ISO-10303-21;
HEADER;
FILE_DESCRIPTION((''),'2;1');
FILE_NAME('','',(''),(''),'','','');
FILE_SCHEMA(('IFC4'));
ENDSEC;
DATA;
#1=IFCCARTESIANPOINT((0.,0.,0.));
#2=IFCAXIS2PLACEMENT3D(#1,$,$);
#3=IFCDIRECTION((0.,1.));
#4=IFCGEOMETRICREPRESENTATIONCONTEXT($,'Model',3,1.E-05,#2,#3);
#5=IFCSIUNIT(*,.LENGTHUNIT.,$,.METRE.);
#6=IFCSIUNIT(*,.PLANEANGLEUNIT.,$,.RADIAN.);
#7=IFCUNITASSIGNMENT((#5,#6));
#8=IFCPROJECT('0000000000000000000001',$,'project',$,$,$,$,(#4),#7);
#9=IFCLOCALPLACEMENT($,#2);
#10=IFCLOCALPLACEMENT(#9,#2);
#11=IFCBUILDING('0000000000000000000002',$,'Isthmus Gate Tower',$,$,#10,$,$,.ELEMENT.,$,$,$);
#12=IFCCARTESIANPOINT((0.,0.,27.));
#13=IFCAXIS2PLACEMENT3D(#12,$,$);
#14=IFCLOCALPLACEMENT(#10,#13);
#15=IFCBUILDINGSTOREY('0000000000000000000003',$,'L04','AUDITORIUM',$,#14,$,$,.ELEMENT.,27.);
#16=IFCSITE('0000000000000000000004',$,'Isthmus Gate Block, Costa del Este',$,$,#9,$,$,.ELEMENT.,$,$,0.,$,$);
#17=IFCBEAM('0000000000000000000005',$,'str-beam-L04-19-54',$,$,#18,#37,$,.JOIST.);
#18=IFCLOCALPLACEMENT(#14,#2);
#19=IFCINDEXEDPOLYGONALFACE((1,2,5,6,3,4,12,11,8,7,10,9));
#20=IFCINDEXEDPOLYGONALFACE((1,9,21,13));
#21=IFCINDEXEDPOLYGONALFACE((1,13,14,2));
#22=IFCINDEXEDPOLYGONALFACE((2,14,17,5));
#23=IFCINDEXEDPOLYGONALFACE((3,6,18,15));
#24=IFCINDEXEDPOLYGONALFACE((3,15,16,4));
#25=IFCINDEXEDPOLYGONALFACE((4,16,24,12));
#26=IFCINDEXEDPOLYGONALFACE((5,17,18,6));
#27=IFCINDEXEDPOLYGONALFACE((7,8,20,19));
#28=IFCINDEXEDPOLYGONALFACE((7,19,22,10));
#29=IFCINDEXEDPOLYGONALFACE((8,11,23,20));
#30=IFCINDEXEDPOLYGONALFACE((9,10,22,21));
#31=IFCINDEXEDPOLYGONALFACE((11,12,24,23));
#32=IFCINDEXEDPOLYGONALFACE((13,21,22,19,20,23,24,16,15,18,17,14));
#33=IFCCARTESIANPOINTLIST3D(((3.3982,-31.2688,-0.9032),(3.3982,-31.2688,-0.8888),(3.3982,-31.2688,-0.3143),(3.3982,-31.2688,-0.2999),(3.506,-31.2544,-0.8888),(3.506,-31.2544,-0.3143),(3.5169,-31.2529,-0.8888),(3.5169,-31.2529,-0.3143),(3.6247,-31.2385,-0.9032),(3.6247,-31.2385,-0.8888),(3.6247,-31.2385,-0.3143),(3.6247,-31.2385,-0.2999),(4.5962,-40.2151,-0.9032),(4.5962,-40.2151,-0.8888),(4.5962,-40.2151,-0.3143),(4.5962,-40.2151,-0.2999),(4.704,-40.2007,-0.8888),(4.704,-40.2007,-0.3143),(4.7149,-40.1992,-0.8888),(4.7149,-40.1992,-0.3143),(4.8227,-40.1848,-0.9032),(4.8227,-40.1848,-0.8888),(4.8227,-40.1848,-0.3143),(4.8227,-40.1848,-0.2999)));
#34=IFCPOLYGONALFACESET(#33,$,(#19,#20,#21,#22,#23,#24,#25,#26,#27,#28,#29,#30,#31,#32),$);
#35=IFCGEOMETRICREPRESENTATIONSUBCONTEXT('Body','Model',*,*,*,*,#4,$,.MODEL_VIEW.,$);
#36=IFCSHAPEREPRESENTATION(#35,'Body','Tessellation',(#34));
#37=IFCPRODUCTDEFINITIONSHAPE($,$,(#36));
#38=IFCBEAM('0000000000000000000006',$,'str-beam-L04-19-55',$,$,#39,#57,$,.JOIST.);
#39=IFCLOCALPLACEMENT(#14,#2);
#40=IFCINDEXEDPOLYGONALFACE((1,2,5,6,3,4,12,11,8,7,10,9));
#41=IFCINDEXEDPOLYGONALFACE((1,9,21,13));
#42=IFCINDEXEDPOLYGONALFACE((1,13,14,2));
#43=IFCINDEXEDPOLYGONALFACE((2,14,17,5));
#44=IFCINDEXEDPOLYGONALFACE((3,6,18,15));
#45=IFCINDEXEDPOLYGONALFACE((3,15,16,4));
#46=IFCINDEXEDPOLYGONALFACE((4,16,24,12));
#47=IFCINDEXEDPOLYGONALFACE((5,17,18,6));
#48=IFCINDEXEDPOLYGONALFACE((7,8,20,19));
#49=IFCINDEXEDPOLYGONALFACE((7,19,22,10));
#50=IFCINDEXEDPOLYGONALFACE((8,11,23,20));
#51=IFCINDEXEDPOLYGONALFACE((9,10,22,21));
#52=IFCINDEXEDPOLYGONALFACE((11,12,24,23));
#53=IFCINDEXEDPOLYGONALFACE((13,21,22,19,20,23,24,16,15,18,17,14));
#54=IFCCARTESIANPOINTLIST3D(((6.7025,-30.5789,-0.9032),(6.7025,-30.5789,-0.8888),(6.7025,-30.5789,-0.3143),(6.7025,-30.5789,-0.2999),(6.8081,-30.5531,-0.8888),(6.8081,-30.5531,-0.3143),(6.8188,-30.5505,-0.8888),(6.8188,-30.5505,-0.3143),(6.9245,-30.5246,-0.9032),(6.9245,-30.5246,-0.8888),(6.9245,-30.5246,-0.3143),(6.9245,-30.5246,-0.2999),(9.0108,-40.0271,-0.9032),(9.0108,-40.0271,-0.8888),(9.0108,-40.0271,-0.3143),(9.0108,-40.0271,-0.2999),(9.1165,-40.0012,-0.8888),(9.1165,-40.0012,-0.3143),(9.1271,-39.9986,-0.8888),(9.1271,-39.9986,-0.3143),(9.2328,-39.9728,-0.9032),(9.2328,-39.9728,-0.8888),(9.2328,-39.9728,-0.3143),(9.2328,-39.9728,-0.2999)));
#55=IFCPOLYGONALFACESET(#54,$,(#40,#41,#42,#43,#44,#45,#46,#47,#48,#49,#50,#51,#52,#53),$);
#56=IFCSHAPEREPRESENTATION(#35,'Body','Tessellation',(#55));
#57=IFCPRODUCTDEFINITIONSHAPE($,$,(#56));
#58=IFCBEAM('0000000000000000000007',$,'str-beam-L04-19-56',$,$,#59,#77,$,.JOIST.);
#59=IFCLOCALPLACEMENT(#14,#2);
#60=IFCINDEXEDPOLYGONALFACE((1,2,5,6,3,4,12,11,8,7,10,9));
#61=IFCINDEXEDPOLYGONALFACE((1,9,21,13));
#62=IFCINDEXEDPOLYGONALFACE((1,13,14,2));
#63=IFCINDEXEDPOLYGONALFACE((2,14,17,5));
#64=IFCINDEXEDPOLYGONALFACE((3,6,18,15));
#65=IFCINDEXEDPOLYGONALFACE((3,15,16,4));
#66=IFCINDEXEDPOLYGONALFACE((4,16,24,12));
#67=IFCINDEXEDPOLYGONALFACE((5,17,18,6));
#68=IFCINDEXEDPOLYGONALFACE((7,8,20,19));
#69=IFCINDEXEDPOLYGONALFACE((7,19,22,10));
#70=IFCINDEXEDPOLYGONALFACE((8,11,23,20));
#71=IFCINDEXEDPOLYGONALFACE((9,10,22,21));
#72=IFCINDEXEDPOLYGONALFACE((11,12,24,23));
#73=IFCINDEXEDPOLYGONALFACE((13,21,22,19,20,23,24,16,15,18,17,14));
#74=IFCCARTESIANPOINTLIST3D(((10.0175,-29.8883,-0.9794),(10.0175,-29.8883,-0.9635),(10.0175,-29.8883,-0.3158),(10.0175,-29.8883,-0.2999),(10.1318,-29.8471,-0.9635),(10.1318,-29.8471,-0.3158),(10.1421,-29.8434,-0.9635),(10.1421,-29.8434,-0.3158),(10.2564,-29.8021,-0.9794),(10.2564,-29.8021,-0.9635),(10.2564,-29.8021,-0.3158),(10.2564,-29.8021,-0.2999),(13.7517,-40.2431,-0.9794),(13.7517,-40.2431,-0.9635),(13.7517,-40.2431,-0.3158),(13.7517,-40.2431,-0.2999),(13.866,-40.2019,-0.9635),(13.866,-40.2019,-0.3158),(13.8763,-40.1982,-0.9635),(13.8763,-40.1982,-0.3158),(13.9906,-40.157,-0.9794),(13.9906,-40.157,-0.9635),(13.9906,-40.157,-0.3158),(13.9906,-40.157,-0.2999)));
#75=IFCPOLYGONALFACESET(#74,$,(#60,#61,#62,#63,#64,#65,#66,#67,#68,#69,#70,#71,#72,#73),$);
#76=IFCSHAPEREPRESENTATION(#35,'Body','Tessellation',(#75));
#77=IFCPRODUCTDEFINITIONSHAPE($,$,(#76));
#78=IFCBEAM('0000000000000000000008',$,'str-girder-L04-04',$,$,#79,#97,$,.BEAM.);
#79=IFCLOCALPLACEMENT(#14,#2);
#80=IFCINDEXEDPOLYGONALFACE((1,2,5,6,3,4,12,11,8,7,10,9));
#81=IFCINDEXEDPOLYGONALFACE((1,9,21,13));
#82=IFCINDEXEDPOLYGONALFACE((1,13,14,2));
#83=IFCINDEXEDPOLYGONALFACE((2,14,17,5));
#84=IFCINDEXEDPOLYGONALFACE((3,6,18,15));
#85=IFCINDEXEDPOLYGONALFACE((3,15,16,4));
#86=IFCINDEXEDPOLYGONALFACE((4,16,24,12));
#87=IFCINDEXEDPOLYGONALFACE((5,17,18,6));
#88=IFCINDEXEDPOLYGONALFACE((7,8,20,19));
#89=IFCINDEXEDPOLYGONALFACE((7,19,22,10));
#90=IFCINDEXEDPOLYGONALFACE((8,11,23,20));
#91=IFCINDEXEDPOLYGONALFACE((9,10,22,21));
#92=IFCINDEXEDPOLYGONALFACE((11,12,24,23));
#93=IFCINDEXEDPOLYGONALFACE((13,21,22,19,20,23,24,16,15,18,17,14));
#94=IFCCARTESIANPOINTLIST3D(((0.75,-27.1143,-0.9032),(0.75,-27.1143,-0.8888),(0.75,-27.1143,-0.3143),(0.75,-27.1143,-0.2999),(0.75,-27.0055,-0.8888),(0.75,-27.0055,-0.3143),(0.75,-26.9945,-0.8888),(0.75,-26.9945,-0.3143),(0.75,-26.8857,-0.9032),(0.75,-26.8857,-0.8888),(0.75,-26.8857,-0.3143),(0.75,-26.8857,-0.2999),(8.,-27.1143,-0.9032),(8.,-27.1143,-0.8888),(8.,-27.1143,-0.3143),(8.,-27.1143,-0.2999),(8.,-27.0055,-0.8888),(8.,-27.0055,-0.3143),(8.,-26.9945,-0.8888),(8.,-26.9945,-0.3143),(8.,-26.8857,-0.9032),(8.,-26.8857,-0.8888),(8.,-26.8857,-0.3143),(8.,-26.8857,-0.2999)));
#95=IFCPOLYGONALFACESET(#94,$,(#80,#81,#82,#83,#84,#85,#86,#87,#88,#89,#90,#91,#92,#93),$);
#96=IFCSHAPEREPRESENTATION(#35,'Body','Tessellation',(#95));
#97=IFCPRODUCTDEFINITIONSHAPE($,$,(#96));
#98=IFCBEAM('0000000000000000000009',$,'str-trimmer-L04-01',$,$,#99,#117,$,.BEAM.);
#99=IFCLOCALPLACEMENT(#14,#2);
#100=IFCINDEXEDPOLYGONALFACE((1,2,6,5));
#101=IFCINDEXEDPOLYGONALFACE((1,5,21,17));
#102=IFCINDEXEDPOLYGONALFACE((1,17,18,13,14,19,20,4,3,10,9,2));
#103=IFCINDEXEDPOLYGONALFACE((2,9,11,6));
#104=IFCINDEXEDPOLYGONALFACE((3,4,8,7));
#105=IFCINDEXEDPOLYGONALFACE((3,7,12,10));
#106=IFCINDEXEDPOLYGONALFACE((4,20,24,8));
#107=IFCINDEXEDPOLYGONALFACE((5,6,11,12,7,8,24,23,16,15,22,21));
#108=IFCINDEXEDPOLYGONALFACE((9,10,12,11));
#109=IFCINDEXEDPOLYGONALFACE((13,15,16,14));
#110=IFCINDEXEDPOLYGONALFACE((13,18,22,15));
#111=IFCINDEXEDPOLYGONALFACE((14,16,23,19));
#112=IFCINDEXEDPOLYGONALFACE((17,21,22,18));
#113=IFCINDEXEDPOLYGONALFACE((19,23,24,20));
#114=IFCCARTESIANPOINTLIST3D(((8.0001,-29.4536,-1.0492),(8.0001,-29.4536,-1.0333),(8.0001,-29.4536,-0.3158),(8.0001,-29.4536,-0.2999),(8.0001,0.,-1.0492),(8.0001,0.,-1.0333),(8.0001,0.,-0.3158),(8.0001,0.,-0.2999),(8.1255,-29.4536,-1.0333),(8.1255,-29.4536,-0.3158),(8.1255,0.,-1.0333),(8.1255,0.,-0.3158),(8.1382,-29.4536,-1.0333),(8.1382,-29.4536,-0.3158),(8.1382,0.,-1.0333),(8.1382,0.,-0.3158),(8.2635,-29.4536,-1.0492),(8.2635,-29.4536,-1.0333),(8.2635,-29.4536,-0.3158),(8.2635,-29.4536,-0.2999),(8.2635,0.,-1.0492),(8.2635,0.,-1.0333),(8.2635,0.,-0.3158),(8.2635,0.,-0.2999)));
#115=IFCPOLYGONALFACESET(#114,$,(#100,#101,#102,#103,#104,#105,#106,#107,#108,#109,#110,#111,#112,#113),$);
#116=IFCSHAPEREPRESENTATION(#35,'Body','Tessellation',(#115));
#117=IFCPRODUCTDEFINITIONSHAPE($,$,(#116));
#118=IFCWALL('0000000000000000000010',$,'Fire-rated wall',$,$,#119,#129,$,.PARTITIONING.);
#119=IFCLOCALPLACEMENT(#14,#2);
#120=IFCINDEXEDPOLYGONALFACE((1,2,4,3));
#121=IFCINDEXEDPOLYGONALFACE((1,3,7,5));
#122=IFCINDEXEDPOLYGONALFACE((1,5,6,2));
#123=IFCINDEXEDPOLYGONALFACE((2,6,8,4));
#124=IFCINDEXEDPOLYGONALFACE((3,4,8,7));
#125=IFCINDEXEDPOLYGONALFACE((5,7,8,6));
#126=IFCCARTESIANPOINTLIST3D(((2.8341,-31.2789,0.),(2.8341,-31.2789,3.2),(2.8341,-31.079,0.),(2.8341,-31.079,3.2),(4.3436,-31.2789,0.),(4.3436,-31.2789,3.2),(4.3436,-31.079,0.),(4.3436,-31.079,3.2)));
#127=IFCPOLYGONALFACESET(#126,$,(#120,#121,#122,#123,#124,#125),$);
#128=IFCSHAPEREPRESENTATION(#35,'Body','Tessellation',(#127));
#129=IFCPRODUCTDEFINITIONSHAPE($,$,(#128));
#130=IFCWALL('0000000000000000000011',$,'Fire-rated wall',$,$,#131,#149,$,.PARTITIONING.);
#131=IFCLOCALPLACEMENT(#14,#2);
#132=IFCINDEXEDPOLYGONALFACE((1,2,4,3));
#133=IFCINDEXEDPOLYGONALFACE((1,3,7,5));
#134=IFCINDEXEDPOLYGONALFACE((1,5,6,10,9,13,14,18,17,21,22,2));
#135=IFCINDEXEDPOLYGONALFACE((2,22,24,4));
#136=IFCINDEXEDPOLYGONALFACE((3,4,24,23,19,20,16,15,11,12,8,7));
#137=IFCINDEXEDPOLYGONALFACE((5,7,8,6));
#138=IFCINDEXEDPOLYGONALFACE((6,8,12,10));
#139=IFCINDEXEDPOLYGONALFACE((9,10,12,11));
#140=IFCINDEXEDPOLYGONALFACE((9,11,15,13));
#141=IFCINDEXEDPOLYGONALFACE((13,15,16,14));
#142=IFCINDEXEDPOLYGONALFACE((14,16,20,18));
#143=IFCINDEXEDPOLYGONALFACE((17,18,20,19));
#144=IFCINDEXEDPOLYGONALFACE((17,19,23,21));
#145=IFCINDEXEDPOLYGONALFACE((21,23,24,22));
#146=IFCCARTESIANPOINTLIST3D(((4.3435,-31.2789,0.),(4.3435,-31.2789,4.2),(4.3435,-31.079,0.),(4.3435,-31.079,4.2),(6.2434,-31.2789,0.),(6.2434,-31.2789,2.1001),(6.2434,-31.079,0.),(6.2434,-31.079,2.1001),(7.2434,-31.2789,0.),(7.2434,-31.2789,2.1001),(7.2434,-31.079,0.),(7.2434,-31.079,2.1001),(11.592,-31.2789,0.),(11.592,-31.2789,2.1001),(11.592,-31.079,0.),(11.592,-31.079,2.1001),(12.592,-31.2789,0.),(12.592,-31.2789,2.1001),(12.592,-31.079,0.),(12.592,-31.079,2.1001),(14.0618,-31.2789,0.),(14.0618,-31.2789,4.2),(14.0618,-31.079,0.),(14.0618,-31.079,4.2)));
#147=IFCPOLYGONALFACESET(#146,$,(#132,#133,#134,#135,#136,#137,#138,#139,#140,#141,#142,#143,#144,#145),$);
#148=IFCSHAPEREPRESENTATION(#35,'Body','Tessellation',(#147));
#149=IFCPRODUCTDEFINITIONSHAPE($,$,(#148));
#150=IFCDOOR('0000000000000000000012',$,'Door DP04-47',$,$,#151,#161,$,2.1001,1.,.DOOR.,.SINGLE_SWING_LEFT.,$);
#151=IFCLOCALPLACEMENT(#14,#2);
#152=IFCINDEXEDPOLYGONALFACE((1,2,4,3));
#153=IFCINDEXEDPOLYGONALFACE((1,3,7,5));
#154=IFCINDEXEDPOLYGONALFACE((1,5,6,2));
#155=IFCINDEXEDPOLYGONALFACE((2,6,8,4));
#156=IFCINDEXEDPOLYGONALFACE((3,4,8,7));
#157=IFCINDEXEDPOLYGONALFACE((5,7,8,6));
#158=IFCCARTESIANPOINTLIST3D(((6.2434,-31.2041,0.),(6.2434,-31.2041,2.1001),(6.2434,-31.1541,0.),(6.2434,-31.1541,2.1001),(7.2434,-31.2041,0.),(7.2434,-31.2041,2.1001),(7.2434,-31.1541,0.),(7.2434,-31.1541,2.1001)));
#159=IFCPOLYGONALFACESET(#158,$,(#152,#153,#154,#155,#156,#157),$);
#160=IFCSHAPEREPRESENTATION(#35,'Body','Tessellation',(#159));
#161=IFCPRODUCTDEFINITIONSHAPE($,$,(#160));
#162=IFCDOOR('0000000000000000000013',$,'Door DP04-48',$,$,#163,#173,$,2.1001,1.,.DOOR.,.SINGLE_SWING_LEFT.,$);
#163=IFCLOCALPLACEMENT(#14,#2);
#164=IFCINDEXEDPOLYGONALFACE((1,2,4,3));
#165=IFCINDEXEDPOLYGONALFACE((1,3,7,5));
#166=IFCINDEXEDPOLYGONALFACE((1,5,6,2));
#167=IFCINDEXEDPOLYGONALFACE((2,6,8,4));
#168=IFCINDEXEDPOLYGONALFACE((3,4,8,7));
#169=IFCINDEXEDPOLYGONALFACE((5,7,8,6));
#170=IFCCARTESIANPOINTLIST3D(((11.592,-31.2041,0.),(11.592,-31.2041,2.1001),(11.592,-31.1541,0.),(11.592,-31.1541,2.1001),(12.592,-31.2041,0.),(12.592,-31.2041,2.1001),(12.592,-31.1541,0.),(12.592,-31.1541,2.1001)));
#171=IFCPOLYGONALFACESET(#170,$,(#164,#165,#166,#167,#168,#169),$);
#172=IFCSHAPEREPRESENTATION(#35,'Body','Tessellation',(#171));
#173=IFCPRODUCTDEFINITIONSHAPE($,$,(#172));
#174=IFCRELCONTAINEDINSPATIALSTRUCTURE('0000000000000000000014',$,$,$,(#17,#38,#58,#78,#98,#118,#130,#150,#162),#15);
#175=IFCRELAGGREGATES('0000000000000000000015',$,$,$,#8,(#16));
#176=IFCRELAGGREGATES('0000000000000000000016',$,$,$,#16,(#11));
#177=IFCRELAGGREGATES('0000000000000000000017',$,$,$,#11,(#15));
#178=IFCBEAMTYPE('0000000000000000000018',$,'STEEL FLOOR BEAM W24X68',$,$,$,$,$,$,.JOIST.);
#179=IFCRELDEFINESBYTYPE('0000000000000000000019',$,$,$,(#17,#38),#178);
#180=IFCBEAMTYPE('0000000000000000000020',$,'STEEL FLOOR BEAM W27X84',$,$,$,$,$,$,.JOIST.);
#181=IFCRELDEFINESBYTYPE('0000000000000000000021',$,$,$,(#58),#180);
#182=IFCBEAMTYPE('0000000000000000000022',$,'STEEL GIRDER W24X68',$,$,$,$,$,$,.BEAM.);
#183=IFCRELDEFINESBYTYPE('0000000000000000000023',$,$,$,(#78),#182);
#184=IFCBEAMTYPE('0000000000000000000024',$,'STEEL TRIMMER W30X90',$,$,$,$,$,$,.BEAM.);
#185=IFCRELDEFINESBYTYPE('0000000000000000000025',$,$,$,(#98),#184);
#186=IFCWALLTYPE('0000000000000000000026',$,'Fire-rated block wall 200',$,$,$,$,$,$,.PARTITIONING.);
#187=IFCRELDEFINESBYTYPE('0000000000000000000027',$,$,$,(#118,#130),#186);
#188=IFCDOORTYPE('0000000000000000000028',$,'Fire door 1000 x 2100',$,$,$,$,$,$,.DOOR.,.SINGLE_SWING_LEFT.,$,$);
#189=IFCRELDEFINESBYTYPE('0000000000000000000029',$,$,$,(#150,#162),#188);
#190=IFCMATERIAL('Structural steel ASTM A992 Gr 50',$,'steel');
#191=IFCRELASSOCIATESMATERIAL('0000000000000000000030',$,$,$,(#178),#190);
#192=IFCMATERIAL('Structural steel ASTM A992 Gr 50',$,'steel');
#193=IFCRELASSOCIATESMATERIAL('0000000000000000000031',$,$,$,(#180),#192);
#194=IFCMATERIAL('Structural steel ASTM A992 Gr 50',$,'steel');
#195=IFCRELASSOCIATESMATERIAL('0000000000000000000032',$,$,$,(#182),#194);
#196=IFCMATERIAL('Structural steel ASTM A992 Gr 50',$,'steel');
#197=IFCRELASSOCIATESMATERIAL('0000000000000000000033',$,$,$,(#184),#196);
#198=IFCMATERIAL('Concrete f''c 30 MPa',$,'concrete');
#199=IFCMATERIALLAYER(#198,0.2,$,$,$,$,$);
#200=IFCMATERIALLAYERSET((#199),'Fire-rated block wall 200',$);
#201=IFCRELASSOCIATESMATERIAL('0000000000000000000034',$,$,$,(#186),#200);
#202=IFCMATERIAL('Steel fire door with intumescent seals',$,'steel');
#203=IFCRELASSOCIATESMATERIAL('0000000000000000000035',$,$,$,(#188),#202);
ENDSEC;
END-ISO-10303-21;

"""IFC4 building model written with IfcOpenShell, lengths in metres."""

from ifc_helpers import new_model, si_unit, direction, frame, frame_2d, origin, origin_2d, place, context, subcontext, project, spatial, rectangle, i_section, extrude, material, layer, layer_set, material_profile, profile_set, type_object, element, fill, save


model = new_model("IFC4")

# Units and contexts
model_context = context("Model", 3, precision=1e-05, world=origin(), true_north=direction((0.0, 1.0)))
body_context = subcontext(model_context, "Body", "Model", "MODEL_VIEW")
ifc_project = project(units=[si_unit("LENGTHUNIT", "METRE"), si_unit("PLANEANGLEUNIT", "RADIAN")], contexts=[model_context])

# Site, building, storey
site_placement = place(None, origin())
site = spatial("IfcSite", under=ifc_project, at=site_placement, Name="Isthmus Gate Block, Costa del Este", CompositionType="ELEMENT", RefElevation=0.0)
building_placement = place(site_placement, origin())
building = spatial("IfcBuilding", under=site, at=building_placement, Name="Isthmus Gate Tower", CompositionType="ELEMENT")
storey_placement = place(building_placement, frame((0.0, 0.0, 27.0)))
storey = spatial("IfcBuildingStorey", under=building, at=storey_placement, Name="L04", Description="AUDITORIUM", CompositionType="ELEMENT", Elevation=27.0)

# Beams
ifc_material_1 = material(Name="Structural steel ASTM A992 Gr 50", Category="steel")
ifc_material_profile_1 = material_profile(ifc_material_1, i_section(OverallWidth=0.2285, OverallDepth=0.6033, WebThickness=0.011, FlangeThickness=0.0144, at=origin_2d()), Name="W24X68")
ifc_profile_set_1 = profile_set([ifc_material_profile_1], Name="Structural steel ASTM A992 Gr 50")
beam_type_1 = type_object("IfcBeamType", Name="STEEL FLOOR BEAM W24X68", PredefinedType="JOIST", material=ifc_profile_set_1)
beam_1_placement = place(storey_placement, frame((3.5115, -31.2537, -0.6016), z_axis=(0.132725, -0.991153, 0.0), x_axis=(0.991153, 0.132725, 0.0)))
element("IfcBeam", 1, at=beam_1_placement, inside=storey, type_object=beam_type_1, Name="str-beam-L04-19-54", PredefinedType="JOIST", context=body_context, shape_type="SweptSolid", body=[
    extrude(i_section(OverallWidth=0.2285, OverallDepth=0.6033, WebThickness=0.011, FlangeThickness=0.0144, at=origin_2d()), origin(), (0.0, 0.0, 1.0), 9.0261),
])
beam_2_placement = place(storey_placement, frame((6.8135, -30.5518, -0.6016), z_axis=(0.237335, -0.971428, 0.0), x_axis=(0.971428, 0.237335, 0.0)))
element("IfcBeam", 2, at=beam_2_placement, inside=storey, type_object=beam_type_1, Name="str-beam-L04-19-55", PredefinedType="JOIST", context=body_context, shape_type="SweptSolid", body=[
    extrude(i_section(OverallWidth=0.2285, OverallDepth=0.6033, WebThickness=0.011, FlangeThickness=0.0144, at=origin_2d()), origin(), (0.0, 0.0, 1.0), 9.7261),
])
ifc_material_2 = material(Name="Structural steel ASTM A992 Gr 50", Category="steel")
ifc_material_profile_2 = material_profile(ifc_material_2, i_section(OverallWidth=0.2539, OverallDepth=0.6794, WebThickness=0.011, FlangeThickness=0.0159, at=origin_2d()), Name="W27X84")
ifc_profile_set_2 = profile_set([ifc_material_profile_2], Name="Structural steel ASTM A992 Gr 50")
beam_type_2 = type_object("IfcBeamType", Name="STEEL FLOOR BEAM W27X84", PredefinedType="JOIST", material=ifc_profile_set_2)
beam_3_placement = place(storey_placement, frame((10.137, -29.8452, -0.6396), z_axis=(0.339236, -0.940701, 0.0), x_axis=(0.940701, 0.339236, 0.0)))
element("IfcBeam", 3, at=beam_3_placement, inside=storey, type_object=beam_type_2, Name="str-beam-L04-19-56", PredefinedType="JOIST", context=body_context, shape_type="SweptSolid", body=[
    extrude(i_section(OverallWidth=0.2539, OverallDepth=0.6794, WebThickness=0.011, FlangeThickness=0.0159, at=origin_2d()), origin(), (0.0, 0.0, 1.0), 11.0076),
])
ifc_material_3 = material(Name="Structural steel ASTM A992 Gr 50", Category="steel")
ifc_material_profile_3 = material_profile(ifc_material_3, i_section(OverallWidth=0.2285, OverallDepth=0.6033, WebThickness=0.011, FlangeThickness=0.0144, at=origin_2d()), Name="W24X68")
ifc_profile_set_3 = profile_set([ifc_material_profile_3], Name="Structural steel ASTM A992 Gr 50")
beam_type_3 = type_object("IfcBeamType", Name="STEEL GIRDER W24X68", PredefinedType="BEAM", material=ifc_profile_set_3)
beam_4_placement = place(storey_placement, frame((0.75, -27.0, -0.6016), z_axis=(1.0, 0.0, 0.0), x_axis=(0.0, 1.0, 0.0)))
element("IfcBeam", 4, at=beam_4_placement, inside=storey, type_object=beam_type_3, Name="str-girder-L04-04", PredefinedType="BEAM", context=body_context, shape_type="SweptSolid", body=[
    extrude(i_section(OverallWidth=0.2285, OverallDepth=0.6033, WebThickness=0.011, FlangeThickness=0.0144, at=origin_2d()), origin(), (0.0, 0.0, 1.0), 7.25),
])
ifc_material_4 = material(Name="Structural steel ASTM A992 Gr 50", Category="steel")
ifc_material_profile_4 = material_profile(ifc_material_4, i_section(OverallWidth=0.2634, OverallDepth=0.7493, WebThickness=0.0127, FlangeThickness=0.0159, at=origin_2d()), Name="W30X90")
ifc_profile_set_4 = profile_set([ifc_material_profile_4], Name="Structural steel ASTM A992 Gr 50")
beam_type_4 = type_object("IfcBeamType", Name="STEEL TRIMMER W30X90", PredefinedType="BEAM", material=ifc_profile_set_4)
beam_5_placement = place(storey_placement, frame((8.1318, -29.4536, -0.6746), z_axis=(0.0, 1.0, 0.0), x_axis=(-1.0, 0.0, 0.0)))
element("IfcBeam", 5, at=beam_5_placement, inside=storey, type_object=beam_type_4, Name="str-trimmer-L04-01", PredefinedType="BEAM", context=body_context, shape_type="SweptSolid", body=[
    extrude(i_section(OverallWidth=0.2634, OverallDepth=0.7493, WebThickness=0.0127, FlangeThickness=0.0159, at=origin_2d()), origin(), (0.0, 0.0, 1.0), 29.4536),
])

# Wall
ifc_material_5 = material(Name="Concrete f'c 30 MPa", Category="concrete")
ifc_layer_1 = layer(ifc_material_5, 0.2)
ifc_layer_set_1 = layer_set([ifc_layer_1], Name="Fire-rated block wall 200")
wall_type_1 = type_object("IfcWallType", Name="Fire-rated block wall 200", PredefinedType="PARTITIONING", material=ifc_layer_set_1)
wall_1_placement = place(storey_placement, frame((2.834, -31.179, 0.0), z_axis=(0.0, 0.0, 1.0), x_axis=(1.0, 0.0, 0.0)))
element("IfcWall", 6, at=wall_1_placement, inside=storey, type_object=wall_type_1, Name="Fire-rated wall", PredefinedType="PARTITIONING", context=body_context, shape_type="SweptSolid", body=[
    extrude(rectangle(XDim=1.5095, YDim=0.2, at=frame_2d((0.7549, 0.0))), origin(), (0.0, 0.0, 1.0), 3.2),
])

# Wall, openings, doors
wall_2_placement = place(storey_placement, frame((4.3435, -31.179, 0.0), z_axis=(0.0, 0.0, 1.0), x_axis=(1.0, 0.0, 0.0)))
wall_2 = element("IfcWall", 7, at=wall_2_placement, inside=storey, type_object=wall_type_1, Name="Fire-rated wall", PredefinedType="PARTITIONING", context=body_context, shape_type="SweptSolid", body=[
    extrude(rectangle(XDim=9.7183, YDim=0.2, at=frame_2d((4.8591, 0.0))), origin(), (0.0, 0.0, 1.0), 4.2),
])
opening_1_placement = place(wall_2_placement, frame((1.8999, 0.0, 0.0)))
opening_1 = element("IfcOpeningElement", 8, at=opening_1_placement, cuts=wall_2, PredefinedType="OPENING", context=body_context, shape_type="SweptSolid", body=[
    extrude(rectangle(XDim=1.0, YDim=2.1001, at=frame_2d((0.5, 1.05))), frame((0.0, 0.1099, 0.0), z_axis=(0.0, -1.0, 0.0), x_axis=(1.0, 0.0, 0.0)), (0.0, 0.0, 1.0), 0.22),
])
opening_2_placement = place(wall_2_placement, frame((7.2485, 0.0, 0.0)))
opening_2 = element("IfcOpeningElement", 9, at=opening_2_placement, cuts=wall_2, PredefinedType="OPENING", context=body_context, shape_type="SweptSolid", body=[
    extrude(rectangle(XDim=1.0, YDim=2.1001, at=frame_2d((0.5, 1.05))), frame((0.0, 0.1099, 0.0), z_axis=(0.0, -1.0, 0.0), x_axis=(1.0, 0.0, 0.0)), (0.0, 0.0, 1.0), 0.22),
])
ifc_material_6 = material(Name="Steel fire door with intumescent seals", Category="steel")
door_type = type_object("IfcDoorType", Name="Fire door 1000 x 2100", OperationType="SINGLE_SWING_LEFT", PredefinedType="DOOR", material=ifc_material_6)
door_1_placement = place(opening_1_placement, origin())
door_1 = element("IfcDoor", 10, at=door_1_placement, inside=storey, type_object=door_type, Name="Door DP04-47", OperationType="SINGLE_SWING_LEFT", OverallHeight=2.1001, OverallWidth=1.0, PredefinedType="DOOR", context=body_context, shape_type="SweptSolid", body=[
    extrude(rectangle(XDim=1.0, YDim=2.1001, at=frame_2d((0.5, 1.05))), frame((0.0, 0.0249, 0.0), z_axis=(0.0, -1.0, 0.0), x_axis=(1.0, 0.0, 0.0)), (0.0, 0.0, 1.0), 0.05),
])
fill(opening_1, door_1)
door_2_placement = place(opening_2_placement, origin())
door_2 = element("IfcDoor", 11, at=door_2_placement, inside=storey, type_object=door_type, Name="Door DP04-48", OperationType="SINGLE_SWING_LEFT", OverallHeight=2.1001, OverallWidth=1.0, PredefinedType="DOOR", context=body_context, shape_type="SweptSolid", body=[
    extrude(rectangle(XDim=1.0, YDim=2.1001, at=frame_2d((0.5, 1.05))), frame((0.0, 0.0249, 0.0), z_axis=(0.0, -1.0, 0.0), x_axis=(1.0, 0.0, 0.0)), (0.0, 0.0, 1.0), 0.05),
])
fill(opening_2, door_2)

save(model, "model.ifc")
